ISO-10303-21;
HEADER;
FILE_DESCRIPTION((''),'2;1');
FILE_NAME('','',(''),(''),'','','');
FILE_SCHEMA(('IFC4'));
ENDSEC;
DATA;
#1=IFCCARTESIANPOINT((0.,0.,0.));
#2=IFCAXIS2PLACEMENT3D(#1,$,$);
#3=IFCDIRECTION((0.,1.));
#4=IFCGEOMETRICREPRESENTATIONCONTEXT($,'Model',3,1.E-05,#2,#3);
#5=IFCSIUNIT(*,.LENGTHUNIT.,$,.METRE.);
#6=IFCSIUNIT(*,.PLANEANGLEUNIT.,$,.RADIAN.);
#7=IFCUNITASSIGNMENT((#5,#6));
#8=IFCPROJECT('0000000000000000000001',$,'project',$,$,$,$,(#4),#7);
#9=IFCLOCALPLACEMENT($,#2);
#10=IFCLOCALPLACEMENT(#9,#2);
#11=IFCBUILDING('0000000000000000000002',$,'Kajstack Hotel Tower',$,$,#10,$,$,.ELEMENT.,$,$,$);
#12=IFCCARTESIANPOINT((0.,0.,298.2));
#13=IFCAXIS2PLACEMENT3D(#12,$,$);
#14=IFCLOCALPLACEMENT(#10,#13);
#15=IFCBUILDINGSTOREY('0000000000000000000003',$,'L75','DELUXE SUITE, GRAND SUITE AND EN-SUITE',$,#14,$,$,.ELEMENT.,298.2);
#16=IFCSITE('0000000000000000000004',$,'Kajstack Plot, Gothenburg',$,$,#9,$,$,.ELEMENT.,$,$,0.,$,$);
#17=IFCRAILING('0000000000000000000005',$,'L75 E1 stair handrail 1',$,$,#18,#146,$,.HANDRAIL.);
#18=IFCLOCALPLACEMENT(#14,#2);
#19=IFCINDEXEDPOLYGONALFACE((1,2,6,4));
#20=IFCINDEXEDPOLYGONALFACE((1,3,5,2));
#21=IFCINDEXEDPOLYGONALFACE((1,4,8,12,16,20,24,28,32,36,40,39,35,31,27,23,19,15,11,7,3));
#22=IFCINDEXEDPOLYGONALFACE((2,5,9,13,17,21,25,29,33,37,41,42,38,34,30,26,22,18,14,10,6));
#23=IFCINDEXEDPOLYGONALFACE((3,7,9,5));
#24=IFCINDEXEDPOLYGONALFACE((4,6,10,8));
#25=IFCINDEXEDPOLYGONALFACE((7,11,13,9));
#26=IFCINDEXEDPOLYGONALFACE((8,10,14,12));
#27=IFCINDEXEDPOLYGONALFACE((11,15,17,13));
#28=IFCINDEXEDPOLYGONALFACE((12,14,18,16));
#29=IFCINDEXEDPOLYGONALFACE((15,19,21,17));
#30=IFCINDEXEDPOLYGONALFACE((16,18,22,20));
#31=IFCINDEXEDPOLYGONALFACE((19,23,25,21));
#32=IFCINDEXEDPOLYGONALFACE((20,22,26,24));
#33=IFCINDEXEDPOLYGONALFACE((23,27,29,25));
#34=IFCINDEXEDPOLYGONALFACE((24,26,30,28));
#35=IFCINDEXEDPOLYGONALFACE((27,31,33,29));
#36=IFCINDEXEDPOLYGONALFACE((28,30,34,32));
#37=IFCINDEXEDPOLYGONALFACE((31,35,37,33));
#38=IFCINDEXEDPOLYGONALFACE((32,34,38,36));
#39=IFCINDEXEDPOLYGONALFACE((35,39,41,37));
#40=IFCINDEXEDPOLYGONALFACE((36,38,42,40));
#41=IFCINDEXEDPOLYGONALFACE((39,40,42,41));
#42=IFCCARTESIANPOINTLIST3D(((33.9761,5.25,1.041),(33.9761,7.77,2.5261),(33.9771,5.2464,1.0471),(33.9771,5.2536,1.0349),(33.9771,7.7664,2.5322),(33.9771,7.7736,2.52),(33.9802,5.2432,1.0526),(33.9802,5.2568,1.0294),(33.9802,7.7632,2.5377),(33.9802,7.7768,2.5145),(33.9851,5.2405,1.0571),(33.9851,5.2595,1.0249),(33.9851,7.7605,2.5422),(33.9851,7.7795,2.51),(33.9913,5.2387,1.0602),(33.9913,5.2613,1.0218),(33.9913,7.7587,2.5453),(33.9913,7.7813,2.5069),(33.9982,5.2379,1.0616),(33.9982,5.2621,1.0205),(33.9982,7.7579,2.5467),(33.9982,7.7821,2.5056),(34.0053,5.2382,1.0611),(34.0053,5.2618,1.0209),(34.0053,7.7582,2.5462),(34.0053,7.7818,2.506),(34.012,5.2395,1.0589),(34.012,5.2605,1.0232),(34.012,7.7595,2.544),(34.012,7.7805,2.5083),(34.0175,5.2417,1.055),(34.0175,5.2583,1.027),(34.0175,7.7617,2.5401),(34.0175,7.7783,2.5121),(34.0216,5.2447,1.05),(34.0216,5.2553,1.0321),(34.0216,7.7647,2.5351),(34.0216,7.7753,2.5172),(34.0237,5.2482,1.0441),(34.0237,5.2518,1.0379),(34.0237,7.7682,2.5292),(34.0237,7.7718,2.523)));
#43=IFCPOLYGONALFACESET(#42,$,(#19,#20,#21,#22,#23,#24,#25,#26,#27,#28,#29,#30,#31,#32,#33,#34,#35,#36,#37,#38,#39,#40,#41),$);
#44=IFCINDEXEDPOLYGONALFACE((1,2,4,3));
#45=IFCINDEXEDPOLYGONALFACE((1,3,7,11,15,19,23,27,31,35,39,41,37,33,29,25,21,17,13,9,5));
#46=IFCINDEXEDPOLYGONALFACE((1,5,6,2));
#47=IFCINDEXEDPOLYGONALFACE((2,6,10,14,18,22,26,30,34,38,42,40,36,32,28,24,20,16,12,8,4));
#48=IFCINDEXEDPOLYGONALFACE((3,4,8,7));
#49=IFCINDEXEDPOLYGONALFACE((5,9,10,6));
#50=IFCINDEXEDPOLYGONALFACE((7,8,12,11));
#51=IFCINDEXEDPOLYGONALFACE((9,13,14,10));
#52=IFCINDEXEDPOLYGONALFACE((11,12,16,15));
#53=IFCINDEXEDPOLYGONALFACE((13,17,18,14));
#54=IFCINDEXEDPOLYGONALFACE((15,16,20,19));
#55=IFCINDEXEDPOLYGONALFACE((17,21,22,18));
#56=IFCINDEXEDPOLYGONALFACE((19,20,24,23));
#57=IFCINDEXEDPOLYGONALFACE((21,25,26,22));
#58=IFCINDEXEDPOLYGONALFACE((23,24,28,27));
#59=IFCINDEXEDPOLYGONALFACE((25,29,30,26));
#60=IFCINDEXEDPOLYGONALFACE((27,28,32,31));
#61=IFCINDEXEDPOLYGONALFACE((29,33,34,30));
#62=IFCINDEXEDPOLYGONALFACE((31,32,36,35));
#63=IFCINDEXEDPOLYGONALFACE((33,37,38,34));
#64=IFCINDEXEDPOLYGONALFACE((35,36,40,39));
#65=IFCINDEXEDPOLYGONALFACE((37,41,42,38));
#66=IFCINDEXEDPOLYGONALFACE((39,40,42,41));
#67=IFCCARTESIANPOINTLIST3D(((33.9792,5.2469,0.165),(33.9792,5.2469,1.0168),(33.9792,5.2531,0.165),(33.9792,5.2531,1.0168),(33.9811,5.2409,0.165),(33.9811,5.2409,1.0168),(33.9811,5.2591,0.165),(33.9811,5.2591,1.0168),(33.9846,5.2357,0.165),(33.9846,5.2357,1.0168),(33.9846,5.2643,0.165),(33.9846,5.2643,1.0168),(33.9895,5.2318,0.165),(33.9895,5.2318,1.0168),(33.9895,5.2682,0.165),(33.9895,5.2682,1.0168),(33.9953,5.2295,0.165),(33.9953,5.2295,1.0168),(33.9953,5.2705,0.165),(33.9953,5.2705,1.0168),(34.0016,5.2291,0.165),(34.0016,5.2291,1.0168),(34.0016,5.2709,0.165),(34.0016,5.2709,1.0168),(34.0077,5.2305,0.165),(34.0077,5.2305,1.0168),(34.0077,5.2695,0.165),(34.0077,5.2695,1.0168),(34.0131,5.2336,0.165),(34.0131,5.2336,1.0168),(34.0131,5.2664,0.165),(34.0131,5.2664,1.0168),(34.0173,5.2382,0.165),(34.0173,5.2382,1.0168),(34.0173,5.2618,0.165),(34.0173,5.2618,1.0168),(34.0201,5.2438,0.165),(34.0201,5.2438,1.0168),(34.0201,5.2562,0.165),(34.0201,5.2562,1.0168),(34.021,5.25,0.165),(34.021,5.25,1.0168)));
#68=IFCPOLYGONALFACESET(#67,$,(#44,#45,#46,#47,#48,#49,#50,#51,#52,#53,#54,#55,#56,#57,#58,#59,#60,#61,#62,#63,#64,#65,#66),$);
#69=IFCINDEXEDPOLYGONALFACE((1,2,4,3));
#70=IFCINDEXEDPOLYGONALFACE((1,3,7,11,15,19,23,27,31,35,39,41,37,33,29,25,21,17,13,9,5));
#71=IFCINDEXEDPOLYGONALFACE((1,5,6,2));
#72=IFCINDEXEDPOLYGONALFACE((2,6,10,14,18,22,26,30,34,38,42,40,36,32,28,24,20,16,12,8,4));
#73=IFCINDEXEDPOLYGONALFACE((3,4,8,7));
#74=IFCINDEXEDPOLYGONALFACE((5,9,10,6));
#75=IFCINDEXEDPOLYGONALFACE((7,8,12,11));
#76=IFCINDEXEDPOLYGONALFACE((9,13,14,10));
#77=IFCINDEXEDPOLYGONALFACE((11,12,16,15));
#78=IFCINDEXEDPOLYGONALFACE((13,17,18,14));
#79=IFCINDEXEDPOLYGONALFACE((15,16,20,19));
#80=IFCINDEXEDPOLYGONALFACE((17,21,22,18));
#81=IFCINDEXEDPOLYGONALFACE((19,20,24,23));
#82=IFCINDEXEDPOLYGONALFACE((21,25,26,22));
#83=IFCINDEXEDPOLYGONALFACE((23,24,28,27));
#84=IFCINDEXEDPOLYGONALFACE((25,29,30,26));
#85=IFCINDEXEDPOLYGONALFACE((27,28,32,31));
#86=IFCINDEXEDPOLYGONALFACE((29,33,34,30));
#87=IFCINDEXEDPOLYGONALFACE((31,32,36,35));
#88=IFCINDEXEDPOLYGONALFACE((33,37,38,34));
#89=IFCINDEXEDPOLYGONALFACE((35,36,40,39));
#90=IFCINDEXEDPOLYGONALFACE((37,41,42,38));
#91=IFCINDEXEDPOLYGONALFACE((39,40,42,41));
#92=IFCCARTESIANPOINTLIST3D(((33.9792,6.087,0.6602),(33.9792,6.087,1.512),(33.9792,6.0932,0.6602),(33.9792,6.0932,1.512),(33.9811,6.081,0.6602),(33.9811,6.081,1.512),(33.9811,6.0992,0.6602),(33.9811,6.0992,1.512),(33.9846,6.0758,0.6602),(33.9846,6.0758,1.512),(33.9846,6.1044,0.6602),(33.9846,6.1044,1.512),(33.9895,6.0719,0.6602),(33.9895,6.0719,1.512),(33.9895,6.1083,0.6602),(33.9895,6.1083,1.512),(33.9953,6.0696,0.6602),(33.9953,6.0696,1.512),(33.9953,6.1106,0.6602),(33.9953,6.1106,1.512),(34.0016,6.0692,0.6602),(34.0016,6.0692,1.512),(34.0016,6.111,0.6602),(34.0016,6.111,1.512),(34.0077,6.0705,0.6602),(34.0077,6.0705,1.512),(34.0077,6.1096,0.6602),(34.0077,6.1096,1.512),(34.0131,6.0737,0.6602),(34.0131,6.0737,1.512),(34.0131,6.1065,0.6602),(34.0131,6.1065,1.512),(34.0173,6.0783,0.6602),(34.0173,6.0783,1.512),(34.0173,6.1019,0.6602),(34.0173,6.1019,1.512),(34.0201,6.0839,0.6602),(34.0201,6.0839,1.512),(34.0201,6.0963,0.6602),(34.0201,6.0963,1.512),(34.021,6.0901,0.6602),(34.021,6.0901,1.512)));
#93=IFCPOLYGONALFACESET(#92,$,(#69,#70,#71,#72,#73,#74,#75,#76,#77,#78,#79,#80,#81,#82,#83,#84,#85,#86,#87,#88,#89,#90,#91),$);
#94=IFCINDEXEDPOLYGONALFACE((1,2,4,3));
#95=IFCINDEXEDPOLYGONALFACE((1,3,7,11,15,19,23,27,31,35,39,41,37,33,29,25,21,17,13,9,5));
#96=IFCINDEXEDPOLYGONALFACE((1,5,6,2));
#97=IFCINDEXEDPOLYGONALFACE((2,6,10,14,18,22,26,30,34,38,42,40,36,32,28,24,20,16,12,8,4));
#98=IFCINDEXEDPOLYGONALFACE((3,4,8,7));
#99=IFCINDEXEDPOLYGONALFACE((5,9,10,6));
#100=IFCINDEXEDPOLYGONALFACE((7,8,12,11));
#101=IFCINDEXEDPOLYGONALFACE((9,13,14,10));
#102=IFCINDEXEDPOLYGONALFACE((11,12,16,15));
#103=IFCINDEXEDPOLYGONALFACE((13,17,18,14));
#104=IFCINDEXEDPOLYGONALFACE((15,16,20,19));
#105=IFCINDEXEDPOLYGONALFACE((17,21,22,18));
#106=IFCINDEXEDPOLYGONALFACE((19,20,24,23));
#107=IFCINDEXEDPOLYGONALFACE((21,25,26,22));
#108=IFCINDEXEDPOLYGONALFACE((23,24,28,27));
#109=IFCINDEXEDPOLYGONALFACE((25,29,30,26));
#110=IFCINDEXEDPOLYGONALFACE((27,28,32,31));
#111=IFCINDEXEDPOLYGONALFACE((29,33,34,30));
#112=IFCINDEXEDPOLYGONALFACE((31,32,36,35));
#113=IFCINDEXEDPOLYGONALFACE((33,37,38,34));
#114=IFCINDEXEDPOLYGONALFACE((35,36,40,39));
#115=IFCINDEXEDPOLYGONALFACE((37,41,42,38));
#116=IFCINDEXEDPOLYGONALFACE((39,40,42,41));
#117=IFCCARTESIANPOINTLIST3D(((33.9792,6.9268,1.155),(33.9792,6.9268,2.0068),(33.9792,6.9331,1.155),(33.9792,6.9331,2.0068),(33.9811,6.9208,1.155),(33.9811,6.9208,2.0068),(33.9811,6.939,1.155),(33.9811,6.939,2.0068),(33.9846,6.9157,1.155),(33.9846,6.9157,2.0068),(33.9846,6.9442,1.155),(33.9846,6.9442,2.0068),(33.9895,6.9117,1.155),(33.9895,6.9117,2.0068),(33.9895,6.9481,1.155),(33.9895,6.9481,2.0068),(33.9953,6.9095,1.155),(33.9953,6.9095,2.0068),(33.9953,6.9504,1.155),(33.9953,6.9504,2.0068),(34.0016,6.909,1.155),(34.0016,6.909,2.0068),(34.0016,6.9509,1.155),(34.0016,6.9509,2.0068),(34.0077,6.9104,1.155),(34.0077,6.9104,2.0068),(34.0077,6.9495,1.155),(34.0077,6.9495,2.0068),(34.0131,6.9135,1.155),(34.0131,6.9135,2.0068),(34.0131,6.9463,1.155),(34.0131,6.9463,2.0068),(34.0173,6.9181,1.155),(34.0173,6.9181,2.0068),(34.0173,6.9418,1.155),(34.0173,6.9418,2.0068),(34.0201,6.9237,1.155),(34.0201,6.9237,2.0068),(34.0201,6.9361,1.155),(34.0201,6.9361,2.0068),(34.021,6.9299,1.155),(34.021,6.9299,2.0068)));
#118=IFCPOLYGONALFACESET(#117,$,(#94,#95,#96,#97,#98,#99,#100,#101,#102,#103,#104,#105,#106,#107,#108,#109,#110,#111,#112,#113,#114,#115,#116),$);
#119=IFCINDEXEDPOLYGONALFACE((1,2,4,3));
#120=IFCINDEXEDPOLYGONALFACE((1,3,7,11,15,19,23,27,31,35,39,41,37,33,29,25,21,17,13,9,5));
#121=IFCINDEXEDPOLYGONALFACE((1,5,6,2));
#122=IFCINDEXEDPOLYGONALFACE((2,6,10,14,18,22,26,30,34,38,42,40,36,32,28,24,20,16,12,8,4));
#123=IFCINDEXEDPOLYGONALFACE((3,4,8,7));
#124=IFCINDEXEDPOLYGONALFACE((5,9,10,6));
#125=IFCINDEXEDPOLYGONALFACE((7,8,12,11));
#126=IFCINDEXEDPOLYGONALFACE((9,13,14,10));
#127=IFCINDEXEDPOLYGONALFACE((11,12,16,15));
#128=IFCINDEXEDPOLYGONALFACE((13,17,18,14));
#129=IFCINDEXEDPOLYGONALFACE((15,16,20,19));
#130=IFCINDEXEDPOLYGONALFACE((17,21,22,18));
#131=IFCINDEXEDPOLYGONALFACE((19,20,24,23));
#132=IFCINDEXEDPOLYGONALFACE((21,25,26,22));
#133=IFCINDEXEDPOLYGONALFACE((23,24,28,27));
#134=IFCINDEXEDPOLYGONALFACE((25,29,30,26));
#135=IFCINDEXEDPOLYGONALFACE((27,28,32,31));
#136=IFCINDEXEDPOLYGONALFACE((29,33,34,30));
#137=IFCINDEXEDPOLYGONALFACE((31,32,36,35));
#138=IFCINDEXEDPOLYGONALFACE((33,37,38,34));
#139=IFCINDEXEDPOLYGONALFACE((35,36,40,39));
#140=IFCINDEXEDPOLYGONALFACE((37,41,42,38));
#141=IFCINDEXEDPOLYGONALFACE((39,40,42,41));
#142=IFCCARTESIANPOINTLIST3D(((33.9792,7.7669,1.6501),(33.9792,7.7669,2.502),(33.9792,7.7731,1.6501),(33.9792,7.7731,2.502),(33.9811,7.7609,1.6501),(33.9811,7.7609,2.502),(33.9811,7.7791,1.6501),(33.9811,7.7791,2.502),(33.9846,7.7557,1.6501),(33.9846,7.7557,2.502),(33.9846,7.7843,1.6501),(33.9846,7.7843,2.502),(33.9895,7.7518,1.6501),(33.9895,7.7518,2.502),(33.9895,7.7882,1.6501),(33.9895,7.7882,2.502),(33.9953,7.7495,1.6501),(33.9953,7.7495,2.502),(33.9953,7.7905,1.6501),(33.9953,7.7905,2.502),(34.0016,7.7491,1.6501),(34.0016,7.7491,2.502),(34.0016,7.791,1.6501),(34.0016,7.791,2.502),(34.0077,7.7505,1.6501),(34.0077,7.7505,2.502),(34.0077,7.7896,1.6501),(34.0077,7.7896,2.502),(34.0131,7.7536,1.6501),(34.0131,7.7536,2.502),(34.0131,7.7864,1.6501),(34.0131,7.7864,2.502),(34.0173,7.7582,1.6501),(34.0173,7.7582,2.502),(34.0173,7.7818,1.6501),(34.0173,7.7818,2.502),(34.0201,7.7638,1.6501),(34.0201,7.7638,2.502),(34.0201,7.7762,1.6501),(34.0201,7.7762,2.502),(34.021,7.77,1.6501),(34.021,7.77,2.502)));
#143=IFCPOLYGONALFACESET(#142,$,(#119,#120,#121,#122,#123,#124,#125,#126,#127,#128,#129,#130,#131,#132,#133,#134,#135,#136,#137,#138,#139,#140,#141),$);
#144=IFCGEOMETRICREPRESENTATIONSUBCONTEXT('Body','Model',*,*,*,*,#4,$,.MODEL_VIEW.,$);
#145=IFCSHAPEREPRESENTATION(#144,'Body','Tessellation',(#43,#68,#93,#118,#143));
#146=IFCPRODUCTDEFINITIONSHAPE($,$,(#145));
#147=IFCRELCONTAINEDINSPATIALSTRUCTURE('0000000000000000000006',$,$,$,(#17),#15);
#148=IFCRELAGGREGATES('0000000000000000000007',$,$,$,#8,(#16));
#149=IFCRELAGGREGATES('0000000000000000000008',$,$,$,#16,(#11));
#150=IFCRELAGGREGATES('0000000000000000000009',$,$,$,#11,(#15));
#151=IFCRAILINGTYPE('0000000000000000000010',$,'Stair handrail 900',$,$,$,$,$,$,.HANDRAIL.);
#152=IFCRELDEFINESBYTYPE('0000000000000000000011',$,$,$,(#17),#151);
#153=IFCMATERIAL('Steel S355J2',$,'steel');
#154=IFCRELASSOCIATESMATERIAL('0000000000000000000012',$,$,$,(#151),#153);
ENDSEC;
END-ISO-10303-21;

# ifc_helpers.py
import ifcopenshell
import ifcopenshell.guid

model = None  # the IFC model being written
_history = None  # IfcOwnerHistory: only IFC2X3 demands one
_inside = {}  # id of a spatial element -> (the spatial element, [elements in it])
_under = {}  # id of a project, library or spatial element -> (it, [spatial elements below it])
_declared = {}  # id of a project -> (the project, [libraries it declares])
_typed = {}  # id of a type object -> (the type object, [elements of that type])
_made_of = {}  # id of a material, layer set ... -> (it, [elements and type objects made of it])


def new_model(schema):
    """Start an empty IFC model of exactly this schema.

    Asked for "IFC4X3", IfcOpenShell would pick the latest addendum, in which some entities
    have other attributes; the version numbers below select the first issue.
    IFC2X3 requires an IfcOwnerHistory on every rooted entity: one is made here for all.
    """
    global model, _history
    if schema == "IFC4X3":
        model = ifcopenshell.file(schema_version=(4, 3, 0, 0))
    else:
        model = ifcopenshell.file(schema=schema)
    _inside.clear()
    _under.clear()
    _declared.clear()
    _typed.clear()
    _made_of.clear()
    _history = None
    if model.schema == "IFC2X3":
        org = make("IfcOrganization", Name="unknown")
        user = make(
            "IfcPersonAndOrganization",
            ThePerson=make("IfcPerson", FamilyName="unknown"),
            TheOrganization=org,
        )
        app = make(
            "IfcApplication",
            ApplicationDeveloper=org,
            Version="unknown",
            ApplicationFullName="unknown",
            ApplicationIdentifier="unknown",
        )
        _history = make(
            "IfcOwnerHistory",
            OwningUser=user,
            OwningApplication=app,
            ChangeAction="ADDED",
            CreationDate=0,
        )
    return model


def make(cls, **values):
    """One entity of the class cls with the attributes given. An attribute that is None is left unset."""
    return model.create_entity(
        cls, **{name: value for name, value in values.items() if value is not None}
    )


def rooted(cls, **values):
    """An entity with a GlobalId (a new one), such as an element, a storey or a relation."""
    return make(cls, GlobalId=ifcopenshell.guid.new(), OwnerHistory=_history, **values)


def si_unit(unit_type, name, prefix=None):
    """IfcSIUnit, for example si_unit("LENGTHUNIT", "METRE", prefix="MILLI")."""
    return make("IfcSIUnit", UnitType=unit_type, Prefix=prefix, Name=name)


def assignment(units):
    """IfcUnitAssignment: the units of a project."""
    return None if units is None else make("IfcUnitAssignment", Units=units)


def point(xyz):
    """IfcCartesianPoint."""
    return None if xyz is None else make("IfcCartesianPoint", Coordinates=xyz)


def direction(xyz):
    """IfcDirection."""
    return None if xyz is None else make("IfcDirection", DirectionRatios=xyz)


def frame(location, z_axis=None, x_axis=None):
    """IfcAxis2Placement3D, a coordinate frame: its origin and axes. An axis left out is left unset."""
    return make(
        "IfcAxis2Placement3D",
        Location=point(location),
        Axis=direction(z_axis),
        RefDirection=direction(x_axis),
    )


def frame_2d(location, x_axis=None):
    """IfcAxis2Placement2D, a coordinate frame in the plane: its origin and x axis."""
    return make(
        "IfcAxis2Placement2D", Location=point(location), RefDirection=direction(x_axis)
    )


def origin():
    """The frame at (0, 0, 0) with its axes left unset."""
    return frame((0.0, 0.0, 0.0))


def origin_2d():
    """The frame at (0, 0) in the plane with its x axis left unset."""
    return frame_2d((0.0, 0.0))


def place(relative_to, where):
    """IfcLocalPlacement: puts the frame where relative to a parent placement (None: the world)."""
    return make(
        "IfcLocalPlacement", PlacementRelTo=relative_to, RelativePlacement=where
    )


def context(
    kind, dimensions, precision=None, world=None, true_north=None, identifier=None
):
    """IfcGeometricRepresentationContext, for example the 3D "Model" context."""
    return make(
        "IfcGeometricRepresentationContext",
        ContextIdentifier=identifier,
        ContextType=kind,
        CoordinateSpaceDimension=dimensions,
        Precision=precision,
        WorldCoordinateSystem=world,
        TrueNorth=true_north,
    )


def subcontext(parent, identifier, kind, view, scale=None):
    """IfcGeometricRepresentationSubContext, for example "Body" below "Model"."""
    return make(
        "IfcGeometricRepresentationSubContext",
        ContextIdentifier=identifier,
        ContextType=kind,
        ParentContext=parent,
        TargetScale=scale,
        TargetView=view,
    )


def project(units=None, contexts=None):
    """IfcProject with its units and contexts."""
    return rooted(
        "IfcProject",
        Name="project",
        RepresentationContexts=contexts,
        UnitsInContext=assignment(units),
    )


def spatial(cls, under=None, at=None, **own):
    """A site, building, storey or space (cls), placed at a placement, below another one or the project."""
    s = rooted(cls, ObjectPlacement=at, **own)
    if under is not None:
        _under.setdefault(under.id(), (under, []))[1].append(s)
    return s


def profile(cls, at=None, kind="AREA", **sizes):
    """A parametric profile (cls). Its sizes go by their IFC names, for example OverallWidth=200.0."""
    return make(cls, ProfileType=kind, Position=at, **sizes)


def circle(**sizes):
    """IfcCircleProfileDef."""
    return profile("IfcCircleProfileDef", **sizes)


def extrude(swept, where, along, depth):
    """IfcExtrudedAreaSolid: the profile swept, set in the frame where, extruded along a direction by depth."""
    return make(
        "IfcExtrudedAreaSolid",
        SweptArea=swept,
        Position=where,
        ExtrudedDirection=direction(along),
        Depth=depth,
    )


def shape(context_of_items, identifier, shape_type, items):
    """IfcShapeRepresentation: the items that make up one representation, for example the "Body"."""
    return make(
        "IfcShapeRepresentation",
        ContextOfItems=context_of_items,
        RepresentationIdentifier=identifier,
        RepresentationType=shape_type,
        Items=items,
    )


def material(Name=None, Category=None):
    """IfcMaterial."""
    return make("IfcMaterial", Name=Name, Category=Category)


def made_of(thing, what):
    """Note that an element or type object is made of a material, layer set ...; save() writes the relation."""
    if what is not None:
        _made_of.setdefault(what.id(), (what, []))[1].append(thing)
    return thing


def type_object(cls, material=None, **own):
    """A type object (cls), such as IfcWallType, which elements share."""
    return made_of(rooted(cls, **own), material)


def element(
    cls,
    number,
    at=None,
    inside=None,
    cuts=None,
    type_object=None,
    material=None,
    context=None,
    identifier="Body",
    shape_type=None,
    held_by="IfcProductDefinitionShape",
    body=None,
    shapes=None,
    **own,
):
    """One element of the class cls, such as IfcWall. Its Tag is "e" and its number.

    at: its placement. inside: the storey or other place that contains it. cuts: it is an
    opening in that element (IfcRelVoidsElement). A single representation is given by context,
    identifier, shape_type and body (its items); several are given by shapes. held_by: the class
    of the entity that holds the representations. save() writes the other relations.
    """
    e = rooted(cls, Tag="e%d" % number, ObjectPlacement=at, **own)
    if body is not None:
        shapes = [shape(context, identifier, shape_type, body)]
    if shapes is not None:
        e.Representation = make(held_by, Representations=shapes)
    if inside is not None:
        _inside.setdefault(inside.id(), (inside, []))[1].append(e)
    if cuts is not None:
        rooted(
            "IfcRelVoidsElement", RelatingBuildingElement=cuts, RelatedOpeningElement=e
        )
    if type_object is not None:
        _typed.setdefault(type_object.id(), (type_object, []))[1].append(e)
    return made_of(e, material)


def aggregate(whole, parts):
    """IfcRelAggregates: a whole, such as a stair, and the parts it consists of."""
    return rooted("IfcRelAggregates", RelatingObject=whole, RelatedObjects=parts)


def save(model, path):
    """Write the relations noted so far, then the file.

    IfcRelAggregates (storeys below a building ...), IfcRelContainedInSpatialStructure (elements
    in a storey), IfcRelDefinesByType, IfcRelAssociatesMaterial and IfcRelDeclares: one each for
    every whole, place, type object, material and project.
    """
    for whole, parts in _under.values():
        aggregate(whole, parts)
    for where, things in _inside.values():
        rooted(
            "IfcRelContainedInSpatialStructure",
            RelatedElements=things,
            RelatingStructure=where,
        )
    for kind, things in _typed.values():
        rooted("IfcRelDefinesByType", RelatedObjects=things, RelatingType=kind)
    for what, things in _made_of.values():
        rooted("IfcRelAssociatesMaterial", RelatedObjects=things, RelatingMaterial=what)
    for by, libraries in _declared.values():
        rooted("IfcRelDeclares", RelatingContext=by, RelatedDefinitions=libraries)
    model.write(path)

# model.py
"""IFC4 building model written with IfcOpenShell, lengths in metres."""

from ifc_helpers import new_model, si_unit, direction, frame, origin, origin_2d, place, context, subcontext, project, spatial, circle, extrude, material, type_object, element, save


model = new_model("IFC4")

# Units and contexts
model_context = context("Model", 3, precision=1e-05, world=origin(), true_north=direction((0.0, 1.0)))
body_context = subcontext(model_context, "Body", "Model", "MODEL_VIEW")
ifc_project = project(units=[si_unit("LENGTHUNIT", "METRE"), si_unit("PLANEANGLEUNIT", "RADIAN")], contexts=[model_context])

# Site, building, storey
site_placement = place(None, origin())
site = spatial("IfcSite", under=ifc_project, at=site_placement, Name="Kajstack Plot, Gothenburg", CompositionType="ELEMENT", RefElevation=0.0)
building_placement = place(site_placement, origin())
building = spatial("IfcBuilding", under=site, at=building_placement, Name="Kajstack Hotel Tower", CompositionType="ELEMENT")
storey_placement = place(building_placement, frame((0.0, 0.0, 298.2)))
storey = spatial("IfcBuildingStorey", under=building, at=storey_placement, Name="L75", Description="DELUXE SUITE, GRAND SUITE AND EN-SUITE", CompositionType="ELEMENT", Elevation=298.2)

# Railing
ifc_material_1 = material(Name="Steel S355J2", Category="steel")
railing_type_1 = type_object("IfcRailingType", Name="Stair handrail 900", PredefinedType="HANDRAIL", material=ifc_material_1)
railing_1_placement = place(storey_placement, frame((34.0, 5.25, 0.165)))
element("IfcRailing", 1, at=railing_1_placement, inside=storey, type_object=railing_type_1, Name="L75 E1 stair handrail 1", PredefinedType="HANDRAIL", context=body_context, shape_type="SweptSolid", body=[
    extrude(circle(Radius=0.0239, at=origin_2d()), frame((0.0, 0.0, 0.876), z_axis=(0.0, 0.861524, 0.507717), x_axis=(-1.0, 0.0, 0.0)), (0.0, 0.0, 1.0), 2.925),
    extrude(circle(Radius=0.021, at=origin_2d()), origin(), (0.0, 0.0, 1.0), 0.8518),
    extrude(circle(Radius=0.021, at=origin_2d()), frame((0.0, 0.8401, 0.4951)), (0.0, 0.0, 1.0), 0.8518),
    extrude(circle(Radius=0.021, at=origin_2d()), frame((0.0, 1.6799, 0.99)), (0.0, 0.0, 1.0), 0.8518),
    extrude(circle(Radius=0.021, at=origin_2d()), frame((0.0, 2.52, 1.4851)), (0.0, 0.0, 1.0), 0.8518),
])

save(model, "model.ifc")
